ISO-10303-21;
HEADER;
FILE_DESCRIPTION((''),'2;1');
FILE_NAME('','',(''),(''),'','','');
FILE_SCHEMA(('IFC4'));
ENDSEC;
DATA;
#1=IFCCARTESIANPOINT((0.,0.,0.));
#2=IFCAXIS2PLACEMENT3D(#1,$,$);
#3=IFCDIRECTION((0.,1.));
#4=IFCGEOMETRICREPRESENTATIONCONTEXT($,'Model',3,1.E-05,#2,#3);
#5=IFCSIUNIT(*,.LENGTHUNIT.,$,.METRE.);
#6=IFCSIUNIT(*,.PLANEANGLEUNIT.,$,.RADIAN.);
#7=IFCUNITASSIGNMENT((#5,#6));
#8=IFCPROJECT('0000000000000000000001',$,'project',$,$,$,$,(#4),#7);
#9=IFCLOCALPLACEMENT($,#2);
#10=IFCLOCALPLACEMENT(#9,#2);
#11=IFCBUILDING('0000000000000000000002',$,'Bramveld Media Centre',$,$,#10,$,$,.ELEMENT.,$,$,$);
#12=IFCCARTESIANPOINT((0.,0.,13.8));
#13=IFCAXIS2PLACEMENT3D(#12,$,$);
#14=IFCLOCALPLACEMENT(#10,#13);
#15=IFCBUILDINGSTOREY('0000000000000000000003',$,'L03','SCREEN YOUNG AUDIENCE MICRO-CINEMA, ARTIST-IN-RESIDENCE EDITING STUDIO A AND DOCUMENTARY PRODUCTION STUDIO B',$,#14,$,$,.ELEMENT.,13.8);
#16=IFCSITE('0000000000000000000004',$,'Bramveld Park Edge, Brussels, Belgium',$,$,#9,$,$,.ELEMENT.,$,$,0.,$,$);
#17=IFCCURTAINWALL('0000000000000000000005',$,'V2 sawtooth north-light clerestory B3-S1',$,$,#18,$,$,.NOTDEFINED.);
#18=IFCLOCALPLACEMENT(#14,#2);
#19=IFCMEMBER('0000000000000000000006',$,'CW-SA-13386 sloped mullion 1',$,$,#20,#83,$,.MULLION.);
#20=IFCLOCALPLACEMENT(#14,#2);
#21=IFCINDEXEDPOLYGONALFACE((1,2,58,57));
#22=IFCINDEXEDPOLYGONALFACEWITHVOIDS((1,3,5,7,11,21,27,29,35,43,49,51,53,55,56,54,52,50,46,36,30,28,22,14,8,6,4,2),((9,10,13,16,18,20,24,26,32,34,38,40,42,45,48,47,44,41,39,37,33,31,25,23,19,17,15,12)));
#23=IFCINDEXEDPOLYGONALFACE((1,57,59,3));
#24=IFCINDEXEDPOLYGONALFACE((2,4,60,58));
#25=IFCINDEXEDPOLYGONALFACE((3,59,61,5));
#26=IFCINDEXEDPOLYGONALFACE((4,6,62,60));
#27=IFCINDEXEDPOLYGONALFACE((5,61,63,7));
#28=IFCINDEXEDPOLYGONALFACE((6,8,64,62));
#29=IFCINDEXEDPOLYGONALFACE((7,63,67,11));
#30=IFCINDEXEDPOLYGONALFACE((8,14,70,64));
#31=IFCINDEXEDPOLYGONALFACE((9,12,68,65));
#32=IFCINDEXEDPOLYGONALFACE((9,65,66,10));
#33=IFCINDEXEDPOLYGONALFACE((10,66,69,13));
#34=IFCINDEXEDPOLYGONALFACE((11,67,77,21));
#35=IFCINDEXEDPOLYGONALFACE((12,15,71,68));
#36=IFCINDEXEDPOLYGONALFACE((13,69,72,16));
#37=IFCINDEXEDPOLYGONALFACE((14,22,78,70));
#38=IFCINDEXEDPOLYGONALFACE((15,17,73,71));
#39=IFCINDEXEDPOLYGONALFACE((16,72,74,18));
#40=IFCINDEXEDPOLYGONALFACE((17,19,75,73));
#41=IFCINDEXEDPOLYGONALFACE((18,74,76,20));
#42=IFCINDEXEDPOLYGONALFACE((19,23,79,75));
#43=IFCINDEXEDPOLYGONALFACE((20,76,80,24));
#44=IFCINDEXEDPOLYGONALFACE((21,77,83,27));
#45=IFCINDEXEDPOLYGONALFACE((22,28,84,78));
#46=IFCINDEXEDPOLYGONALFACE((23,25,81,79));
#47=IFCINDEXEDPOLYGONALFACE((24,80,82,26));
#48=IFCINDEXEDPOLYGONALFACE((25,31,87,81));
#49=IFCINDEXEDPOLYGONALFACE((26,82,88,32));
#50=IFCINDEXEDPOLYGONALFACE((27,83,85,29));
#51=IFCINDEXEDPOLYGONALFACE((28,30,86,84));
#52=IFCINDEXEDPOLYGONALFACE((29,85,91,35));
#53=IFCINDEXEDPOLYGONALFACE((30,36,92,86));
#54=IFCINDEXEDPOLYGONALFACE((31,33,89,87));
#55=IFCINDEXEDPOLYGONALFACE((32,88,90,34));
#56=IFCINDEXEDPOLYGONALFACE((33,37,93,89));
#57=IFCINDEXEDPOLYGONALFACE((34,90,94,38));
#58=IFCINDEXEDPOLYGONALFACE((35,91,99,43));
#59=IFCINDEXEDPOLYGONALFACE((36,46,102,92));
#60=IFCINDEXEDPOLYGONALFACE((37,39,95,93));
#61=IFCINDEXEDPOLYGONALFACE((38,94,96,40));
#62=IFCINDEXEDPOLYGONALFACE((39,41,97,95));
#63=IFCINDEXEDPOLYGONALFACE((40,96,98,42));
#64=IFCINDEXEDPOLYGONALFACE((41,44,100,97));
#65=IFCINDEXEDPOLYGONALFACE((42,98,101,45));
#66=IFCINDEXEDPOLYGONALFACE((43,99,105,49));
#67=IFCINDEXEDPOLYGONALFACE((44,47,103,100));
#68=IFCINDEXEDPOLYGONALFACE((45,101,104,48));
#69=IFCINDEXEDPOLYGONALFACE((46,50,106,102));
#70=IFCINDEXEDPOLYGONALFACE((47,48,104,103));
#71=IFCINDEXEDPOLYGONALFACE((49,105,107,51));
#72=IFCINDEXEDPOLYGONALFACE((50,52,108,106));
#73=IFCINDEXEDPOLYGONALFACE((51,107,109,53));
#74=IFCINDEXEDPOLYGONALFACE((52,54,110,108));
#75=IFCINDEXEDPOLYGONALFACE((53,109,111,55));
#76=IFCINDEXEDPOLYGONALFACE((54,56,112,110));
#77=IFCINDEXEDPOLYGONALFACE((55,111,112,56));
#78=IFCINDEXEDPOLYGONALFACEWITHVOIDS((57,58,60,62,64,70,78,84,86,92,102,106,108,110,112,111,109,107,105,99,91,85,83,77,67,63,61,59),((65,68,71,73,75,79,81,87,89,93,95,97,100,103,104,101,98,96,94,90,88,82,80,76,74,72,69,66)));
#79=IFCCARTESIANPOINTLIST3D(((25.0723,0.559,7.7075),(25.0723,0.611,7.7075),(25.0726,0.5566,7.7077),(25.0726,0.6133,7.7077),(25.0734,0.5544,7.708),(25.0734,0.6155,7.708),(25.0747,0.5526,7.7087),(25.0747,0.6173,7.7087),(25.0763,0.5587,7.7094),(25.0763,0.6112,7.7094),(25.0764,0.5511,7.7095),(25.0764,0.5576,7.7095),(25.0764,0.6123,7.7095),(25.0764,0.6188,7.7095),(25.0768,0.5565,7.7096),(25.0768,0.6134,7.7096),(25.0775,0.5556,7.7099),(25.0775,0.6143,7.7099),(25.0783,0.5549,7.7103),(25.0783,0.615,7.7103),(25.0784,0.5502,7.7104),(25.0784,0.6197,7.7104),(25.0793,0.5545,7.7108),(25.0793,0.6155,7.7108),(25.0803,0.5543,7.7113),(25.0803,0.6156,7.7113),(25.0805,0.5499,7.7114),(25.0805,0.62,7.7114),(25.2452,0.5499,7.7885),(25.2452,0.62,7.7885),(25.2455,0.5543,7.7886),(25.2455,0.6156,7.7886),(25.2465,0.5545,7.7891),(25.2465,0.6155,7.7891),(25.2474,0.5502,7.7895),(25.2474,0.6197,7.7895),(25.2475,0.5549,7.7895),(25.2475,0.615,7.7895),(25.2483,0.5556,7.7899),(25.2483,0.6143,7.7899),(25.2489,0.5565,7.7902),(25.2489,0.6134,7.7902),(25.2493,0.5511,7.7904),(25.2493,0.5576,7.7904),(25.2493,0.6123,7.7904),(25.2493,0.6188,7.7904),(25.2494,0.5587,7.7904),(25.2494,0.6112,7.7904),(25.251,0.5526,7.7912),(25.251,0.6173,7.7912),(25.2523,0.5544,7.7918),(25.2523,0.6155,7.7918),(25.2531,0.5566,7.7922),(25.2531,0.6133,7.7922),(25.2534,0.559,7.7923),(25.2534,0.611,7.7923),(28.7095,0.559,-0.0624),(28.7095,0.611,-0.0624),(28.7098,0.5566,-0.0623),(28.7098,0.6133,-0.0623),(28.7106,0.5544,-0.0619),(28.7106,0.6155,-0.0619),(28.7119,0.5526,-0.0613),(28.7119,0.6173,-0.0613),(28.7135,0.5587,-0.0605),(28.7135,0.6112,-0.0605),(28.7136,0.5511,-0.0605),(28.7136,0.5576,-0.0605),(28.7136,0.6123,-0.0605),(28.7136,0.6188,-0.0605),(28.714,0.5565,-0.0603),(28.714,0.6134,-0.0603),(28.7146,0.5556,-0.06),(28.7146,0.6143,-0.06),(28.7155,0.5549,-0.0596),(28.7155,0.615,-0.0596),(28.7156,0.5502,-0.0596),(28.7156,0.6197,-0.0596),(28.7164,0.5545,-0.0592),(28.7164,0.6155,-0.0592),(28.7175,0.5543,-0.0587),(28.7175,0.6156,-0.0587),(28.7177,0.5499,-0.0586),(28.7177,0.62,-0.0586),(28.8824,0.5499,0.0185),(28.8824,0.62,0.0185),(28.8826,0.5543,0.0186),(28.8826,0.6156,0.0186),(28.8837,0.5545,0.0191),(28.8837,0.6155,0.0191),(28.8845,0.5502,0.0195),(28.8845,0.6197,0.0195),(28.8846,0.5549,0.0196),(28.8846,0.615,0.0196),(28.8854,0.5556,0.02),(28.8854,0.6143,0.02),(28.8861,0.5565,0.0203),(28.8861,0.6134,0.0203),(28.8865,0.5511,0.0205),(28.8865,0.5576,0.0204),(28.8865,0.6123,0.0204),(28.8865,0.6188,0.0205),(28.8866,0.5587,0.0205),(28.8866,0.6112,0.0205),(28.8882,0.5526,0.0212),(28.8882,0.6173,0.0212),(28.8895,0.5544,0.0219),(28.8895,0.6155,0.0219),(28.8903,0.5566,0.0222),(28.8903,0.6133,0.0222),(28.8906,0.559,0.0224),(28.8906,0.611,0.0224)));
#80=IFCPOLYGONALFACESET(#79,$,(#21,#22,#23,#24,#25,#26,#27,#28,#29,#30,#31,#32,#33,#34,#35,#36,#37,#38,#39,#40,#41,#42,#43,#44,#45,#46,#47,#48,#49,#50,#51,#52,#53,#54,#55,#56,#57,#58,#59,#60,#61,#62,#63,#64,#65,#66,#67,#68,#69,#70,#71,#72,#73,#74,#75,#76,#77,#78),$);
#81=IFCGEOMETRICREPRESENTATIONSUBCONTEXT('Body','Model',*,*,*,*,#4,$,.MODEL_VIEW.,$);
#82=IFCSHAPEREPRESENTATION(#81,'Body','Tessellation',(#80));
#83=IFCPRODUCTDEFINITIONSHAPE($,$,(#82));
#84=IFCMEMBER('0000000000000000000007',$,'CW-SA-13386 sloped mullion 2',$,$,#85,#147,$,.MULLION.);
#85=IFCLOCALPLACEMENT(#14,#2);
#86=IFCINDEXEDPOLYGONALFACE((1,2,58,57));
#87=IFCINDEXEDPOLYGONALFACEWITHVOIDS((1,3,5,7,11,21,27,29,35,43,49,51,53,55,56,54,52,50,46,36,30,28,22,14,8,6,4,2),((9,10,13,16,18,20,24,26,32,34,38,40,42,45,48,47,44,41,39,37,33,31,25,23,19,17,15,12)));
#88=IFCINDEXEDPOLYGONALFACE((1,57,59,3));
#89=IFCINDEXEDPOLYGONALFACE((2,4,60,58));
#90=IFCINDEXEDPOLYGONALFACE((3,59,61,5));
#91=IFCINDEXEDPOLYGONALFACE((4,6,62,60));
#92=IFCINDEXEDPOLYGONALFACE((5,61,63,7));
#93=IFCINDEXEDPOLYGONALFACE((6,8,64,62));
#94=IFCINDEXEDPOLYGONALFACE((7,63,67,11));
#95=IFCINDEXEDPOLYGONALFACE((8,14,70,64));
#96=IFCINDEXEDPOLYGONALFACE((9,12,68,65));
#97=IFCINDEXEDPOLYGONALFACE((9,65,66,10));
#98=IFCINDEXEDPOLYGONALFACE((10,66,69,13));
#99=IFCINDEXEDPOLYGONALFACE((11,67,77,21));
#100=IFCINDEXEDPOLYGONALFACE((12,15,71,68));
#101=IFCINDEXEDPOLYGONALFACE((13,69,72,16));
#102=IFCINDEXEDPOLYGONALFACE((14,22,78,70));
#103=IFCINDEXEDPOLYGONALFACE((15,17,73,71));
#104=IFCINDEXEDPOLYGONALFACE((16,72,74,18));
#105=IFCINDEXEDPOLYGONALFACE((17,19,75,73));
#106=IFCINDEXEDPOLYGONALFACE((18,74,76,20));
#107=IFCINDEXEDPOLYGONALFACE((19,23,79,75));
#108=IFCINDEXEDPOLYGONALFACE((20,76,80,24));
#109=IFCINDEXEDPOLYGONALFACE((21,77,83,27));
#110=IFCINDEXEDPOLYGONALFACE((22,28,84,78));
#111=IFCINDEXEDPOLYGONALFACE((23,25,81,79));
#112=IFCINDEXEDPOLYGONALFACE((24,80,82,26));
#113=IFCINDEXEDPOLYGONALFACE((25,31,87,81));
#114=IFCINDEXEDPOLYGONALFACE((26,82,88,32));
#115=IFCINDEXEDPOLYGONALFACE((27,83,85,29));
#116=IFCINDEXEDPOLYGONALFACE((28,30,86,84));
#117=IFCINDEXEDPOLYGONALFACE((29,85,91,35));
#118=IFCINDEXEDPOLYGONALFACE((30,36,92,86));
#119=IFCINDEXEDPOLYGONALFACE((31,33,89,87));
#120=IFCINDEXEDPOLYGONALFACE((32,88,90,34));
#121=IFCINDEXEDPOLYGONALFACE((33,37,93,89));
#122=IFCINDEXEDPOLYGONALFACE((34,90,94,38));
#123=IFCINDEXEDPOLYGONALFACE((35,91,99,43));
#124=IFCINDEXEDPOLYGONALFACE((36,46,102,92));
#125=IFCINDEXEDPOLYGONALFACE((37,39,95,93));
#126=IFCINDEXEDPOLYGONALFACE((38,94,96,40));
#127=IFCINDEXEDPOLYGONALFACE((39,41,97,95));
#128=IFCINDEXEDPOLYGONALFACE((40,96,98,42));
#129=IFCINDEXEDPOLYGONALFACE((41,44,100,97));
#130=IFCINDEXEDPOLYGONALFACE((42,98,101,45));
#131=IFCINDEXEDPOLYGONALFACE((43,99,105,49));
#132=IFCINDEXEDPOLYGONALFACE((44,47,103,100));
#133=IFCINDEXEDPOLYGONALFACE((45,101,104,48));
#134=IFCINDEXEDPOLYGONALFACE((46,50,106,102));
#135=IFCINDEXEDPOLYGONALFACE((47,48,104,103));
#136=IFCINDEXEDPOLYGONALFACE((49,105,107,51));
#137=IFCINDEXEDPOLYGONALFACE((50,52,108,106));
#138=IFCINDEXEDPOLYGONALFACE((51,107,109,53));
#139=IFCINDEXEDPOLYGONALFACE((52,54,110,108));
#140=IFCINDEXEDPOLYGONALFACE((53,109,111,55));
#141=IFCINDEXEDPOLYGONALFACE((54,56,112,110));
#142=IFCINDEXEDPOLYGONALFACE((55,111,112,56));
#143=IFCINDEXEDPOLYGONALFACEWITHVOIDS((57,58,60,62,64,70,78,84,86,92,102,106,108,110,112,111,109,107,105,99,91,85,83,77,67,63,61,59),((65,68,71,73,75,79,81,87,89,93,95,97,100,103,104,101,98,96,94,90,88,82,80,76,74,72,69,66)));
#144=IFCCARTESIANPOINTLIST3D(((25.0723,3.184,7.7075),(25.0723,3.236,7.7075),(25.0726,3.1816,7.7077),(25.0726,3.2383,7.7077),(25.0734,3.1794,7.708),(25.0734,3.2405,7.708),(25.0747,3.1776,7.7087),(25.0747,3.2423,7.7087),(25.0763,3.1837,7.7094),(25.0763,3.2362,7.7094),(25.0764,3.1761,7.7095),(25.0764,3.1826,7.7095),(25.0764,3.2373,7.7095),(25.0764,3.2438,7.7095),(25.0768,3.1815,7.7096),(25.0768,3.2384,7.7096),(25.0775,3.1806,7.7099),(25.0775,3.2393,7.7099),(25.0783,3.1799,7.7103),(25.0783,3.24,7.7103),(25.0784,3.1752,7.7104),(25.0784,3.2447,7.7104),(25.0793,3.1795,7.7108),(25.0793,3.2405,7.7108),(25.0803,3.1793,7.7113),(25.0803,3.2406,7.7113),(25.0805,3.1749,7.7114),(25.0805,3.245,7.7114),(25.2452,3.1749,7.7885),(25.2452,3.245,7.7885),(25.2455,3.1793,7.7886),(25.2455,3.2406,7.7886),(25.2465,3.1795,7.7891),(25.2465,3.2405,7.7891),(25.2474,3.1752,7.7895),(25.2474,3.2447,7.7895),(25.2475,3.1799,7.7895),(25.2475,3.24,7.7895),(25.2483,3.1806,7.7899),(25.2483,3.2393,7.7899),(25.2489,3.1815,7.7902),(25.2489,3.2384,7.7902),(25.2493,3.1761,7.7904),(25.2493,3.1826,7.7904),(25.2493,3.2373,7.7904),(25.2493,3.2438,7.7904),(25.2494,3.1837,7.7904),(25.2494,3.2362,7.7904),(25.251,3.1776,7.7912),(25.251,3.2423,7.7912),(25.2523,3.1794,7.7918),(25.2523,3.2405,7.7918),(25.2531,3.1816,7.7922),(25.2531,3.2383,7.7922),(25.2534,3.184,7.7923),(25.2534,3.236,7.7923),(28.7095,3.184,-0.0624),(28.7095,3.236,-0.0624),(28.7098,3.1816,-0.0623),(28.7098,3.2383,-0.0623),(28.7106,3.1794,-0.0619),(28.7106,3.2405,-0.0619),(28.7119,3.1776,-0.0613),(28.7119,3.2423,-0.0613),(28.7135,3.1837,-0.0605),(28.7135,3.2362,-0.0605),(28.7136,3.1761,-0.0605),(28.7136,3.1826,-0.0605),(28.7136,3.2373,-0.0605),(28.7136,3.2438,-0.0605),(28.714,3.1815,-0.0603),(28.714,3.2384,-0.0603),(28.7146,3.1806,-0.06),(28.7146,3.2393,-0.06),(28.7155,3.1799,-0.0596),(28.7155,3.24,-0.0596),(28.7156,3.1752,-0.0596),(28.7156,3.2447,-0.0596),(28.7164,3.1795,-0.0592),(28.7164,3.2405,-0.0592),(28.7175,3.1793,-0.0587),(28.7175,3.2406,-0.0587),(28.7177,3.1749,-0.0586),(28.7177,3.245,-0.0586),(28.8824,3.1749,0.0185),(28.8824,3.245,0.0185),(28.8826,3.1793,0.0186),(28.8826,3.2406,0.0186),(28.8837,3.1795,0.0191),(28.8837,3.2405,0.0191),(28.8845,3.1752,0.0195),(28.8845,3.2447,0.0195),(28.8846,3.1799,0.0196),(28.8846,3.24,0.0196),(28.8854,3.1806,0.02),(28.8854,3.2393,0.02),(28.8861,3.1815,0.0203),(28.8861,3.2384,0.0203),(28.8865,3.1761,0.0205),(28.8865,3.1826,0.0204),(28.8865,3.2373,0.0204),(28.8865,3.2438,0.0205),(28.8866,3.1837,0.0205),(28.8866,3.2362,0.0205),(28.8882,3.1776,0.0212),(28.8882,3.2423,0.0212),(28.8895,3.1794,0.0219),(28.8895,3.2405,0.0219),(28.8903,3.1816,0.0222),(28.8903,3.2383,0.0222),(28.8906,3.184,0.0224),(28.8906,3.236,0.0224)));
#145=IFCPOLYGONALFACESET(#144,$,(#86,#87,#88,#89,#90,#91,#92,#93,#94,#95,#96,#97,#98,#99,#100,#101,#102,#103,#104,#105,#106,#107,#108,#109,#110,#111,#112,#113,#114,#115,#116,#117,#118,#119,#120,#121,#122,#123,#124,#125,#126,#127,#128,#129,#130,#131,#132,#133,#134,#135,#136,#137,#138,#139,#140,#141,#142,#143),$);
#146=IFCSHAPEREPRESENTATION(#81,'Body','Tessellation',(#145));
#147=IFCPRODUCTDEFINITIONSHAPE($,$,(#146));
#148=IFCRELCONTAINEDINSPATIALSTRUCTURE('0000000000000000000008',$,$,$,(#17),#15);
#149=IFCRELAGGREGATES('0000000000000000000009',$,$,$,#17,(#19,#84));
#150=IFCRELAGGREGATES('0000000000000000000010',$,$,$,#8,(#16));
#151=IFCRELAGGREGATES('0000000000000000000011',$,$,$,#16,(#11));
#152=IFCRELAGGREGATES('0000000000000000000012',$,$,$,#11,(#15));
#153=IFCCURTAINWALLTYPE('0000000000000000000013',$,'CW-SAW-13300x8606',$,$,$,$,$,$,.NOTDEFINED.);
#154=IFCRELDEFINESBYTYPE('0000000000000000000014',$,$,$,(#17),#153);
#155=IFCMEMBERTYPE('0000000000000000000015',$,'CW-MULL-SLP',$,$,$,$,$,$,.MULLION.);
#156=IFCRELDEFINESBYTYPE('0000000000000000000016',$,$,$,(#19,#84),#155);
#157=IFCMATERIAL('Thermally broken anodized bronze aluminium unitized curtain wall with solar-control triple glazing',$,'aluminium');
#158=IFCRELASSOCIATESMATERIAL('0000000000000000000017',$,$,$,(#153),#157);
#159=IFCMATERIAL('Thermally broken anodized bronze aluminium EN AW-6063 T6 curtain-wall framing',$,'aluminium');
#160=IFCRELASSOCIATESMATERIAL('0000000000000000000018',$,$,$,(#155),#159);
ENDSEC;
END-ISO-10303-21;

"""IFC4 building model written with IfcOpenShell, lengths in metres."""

from ifc_helpers import new_model, si_unit, direction, frame, origin, origin_2d, place, context, subcontext, project, spatial, hollow_rectangle, extrude, material, material_profile, profile_set, type_object, element, aggregate, save


model = new_model("IFC4")

# Units and contexts
model_context = context("Model", 3, precision=1e-05, world=origin(), true_north=direction((0.0, 1.0)))
body_context = subcontext(model_context, "Body", "Model", "MODEL_VIEW")
ifc_project = project(units=[si_unit("LENGTHUNIT", "METRE"), si_unit("PLANEANGLEUNIT", "RADIAN")], contexts=[model_context])

# Site, building, storey
site_placement = place(None, origin())
site = spatial("IfcSite", under=ifc_project, at=site_placement, Name="Bramveld Park Edge, Brussels, Belgium", CompositionType="ELEMENT", RefElevation=0.0)
building_placement = place(site_placement, origin())
building = spatial("IfcBuilding", under=site, at=building_placement, Name="Bramveld Media Centre", CompositionType="ELEMENT")
storey_placement = place(building_placement, frame((0.0, 0.0, 13.8)))
storey = spatial("IfcBuildingStorey", under=building, at=storey_placement, Name="L03", Description="SCREEN YOUNG AUDIENCE MICRO-CINEMA, ARTIST-IN-RESIDENCE EDITING STUDIO A AND DOCUMENTARY PRODUCTION STUDIO B", CompositionType="ELEMENT", Elevation=13.8)

# Curtain wall, members
ifc_material_1 = material(Name="Thermally broken anodized bronze aluminium unitized curtain wall with solar-control triple glazing", Category="aluminium")
curtain_wall_type = type_object("IfcCurtainWallType", Name="CW-SAW-13300x8606", PredefinedType="NOTDEFINED", material=ifc_material_1)
curtain_wall_placement = place(storey_placement, origin())
curtain_wall = element("IfcCurtainWall", 1, at=curtain_wall_placement, inside=storey, type_object=curtain_wall_type, Name="V2 sawtooth north-light clerestory B3-S1", PredefinedType="NOTDEFINED")
ifc_material_2 = material(Name="Thermally broken anodized bronze aluminium EN AW-6063 T6 curtain-wall framing", Category="aluminium")
ifc_material_profile_1 = material_profile(ifc_material_2, hollow_rectangle(XDim=0.0701, YDim=0.2, WallThickness=0.0044, InnerFilletRadius=0.0044, OuterFilletRadius=0.009, at=origin_2d()), Name="AL-MULL 70x200")
ifc_profile_set_1 = profile_set([ifc_material_profile_1], Name="Thermally broken anodized bronze aluminium EN AW-6063 T6 curtain-wall framing")
member_type_1 = type_object("IfcMemberType", Name="CW-MULL-SLP", PredefinedType="MULLION", material=ifc_profile_set_1)
member_1_placement = place(storey_placement, frame((28.8, 0.585, -0.02), z_axis=(-0.423957, 0.0, 0.905682), x_axis=(0.0, -1.0, 0.0)))
member_1 = element("IfcMember", 2, at=member_1_placement, type_object=member_type_1, Name="CW-SA-13386 sloped mullion 1", PredefinedType="MULLION", context=body_context, shape_type="SweptSolid", body=[
    extrude(hollow_rectangle(XDim=0.0701, YDim=0.2, WallThickness=0.0044, InnerFilletRadius=0.0044, OuterFilletRadius=0.009, at=origin_2d()), origin(), (0.0, 0.0, 1.0), 8.5791),
])
member_2_placement = place(storey_placement, frame((28.8, 3.21, -0.02), z_axis=(-0.423957, 0.0, 0.905682), x_axis=(0.0, -1.0, 0.0)))
member_2 = element("IfcMember", 3, at=member_2_placement, type_object=member_type_1, Name="CW-SA-13386 sloped mullion 2", PredefinedType="MULLION", context=body_context, shape_type="SweptSolid", body=[
    extrude(hollow_rectangle(XDim=0.0701, YDim=0.2, WallThickness=0.0044, InnerFilletRadius=0.0044, OuterFilletRadius=0.009, at=origin_2d()), origin(), (0.0, 0.0, 1.0), 8.5791),
])
aggregate(curtain_wall, [member_1, member_2])

save(model, "model.ifc")
